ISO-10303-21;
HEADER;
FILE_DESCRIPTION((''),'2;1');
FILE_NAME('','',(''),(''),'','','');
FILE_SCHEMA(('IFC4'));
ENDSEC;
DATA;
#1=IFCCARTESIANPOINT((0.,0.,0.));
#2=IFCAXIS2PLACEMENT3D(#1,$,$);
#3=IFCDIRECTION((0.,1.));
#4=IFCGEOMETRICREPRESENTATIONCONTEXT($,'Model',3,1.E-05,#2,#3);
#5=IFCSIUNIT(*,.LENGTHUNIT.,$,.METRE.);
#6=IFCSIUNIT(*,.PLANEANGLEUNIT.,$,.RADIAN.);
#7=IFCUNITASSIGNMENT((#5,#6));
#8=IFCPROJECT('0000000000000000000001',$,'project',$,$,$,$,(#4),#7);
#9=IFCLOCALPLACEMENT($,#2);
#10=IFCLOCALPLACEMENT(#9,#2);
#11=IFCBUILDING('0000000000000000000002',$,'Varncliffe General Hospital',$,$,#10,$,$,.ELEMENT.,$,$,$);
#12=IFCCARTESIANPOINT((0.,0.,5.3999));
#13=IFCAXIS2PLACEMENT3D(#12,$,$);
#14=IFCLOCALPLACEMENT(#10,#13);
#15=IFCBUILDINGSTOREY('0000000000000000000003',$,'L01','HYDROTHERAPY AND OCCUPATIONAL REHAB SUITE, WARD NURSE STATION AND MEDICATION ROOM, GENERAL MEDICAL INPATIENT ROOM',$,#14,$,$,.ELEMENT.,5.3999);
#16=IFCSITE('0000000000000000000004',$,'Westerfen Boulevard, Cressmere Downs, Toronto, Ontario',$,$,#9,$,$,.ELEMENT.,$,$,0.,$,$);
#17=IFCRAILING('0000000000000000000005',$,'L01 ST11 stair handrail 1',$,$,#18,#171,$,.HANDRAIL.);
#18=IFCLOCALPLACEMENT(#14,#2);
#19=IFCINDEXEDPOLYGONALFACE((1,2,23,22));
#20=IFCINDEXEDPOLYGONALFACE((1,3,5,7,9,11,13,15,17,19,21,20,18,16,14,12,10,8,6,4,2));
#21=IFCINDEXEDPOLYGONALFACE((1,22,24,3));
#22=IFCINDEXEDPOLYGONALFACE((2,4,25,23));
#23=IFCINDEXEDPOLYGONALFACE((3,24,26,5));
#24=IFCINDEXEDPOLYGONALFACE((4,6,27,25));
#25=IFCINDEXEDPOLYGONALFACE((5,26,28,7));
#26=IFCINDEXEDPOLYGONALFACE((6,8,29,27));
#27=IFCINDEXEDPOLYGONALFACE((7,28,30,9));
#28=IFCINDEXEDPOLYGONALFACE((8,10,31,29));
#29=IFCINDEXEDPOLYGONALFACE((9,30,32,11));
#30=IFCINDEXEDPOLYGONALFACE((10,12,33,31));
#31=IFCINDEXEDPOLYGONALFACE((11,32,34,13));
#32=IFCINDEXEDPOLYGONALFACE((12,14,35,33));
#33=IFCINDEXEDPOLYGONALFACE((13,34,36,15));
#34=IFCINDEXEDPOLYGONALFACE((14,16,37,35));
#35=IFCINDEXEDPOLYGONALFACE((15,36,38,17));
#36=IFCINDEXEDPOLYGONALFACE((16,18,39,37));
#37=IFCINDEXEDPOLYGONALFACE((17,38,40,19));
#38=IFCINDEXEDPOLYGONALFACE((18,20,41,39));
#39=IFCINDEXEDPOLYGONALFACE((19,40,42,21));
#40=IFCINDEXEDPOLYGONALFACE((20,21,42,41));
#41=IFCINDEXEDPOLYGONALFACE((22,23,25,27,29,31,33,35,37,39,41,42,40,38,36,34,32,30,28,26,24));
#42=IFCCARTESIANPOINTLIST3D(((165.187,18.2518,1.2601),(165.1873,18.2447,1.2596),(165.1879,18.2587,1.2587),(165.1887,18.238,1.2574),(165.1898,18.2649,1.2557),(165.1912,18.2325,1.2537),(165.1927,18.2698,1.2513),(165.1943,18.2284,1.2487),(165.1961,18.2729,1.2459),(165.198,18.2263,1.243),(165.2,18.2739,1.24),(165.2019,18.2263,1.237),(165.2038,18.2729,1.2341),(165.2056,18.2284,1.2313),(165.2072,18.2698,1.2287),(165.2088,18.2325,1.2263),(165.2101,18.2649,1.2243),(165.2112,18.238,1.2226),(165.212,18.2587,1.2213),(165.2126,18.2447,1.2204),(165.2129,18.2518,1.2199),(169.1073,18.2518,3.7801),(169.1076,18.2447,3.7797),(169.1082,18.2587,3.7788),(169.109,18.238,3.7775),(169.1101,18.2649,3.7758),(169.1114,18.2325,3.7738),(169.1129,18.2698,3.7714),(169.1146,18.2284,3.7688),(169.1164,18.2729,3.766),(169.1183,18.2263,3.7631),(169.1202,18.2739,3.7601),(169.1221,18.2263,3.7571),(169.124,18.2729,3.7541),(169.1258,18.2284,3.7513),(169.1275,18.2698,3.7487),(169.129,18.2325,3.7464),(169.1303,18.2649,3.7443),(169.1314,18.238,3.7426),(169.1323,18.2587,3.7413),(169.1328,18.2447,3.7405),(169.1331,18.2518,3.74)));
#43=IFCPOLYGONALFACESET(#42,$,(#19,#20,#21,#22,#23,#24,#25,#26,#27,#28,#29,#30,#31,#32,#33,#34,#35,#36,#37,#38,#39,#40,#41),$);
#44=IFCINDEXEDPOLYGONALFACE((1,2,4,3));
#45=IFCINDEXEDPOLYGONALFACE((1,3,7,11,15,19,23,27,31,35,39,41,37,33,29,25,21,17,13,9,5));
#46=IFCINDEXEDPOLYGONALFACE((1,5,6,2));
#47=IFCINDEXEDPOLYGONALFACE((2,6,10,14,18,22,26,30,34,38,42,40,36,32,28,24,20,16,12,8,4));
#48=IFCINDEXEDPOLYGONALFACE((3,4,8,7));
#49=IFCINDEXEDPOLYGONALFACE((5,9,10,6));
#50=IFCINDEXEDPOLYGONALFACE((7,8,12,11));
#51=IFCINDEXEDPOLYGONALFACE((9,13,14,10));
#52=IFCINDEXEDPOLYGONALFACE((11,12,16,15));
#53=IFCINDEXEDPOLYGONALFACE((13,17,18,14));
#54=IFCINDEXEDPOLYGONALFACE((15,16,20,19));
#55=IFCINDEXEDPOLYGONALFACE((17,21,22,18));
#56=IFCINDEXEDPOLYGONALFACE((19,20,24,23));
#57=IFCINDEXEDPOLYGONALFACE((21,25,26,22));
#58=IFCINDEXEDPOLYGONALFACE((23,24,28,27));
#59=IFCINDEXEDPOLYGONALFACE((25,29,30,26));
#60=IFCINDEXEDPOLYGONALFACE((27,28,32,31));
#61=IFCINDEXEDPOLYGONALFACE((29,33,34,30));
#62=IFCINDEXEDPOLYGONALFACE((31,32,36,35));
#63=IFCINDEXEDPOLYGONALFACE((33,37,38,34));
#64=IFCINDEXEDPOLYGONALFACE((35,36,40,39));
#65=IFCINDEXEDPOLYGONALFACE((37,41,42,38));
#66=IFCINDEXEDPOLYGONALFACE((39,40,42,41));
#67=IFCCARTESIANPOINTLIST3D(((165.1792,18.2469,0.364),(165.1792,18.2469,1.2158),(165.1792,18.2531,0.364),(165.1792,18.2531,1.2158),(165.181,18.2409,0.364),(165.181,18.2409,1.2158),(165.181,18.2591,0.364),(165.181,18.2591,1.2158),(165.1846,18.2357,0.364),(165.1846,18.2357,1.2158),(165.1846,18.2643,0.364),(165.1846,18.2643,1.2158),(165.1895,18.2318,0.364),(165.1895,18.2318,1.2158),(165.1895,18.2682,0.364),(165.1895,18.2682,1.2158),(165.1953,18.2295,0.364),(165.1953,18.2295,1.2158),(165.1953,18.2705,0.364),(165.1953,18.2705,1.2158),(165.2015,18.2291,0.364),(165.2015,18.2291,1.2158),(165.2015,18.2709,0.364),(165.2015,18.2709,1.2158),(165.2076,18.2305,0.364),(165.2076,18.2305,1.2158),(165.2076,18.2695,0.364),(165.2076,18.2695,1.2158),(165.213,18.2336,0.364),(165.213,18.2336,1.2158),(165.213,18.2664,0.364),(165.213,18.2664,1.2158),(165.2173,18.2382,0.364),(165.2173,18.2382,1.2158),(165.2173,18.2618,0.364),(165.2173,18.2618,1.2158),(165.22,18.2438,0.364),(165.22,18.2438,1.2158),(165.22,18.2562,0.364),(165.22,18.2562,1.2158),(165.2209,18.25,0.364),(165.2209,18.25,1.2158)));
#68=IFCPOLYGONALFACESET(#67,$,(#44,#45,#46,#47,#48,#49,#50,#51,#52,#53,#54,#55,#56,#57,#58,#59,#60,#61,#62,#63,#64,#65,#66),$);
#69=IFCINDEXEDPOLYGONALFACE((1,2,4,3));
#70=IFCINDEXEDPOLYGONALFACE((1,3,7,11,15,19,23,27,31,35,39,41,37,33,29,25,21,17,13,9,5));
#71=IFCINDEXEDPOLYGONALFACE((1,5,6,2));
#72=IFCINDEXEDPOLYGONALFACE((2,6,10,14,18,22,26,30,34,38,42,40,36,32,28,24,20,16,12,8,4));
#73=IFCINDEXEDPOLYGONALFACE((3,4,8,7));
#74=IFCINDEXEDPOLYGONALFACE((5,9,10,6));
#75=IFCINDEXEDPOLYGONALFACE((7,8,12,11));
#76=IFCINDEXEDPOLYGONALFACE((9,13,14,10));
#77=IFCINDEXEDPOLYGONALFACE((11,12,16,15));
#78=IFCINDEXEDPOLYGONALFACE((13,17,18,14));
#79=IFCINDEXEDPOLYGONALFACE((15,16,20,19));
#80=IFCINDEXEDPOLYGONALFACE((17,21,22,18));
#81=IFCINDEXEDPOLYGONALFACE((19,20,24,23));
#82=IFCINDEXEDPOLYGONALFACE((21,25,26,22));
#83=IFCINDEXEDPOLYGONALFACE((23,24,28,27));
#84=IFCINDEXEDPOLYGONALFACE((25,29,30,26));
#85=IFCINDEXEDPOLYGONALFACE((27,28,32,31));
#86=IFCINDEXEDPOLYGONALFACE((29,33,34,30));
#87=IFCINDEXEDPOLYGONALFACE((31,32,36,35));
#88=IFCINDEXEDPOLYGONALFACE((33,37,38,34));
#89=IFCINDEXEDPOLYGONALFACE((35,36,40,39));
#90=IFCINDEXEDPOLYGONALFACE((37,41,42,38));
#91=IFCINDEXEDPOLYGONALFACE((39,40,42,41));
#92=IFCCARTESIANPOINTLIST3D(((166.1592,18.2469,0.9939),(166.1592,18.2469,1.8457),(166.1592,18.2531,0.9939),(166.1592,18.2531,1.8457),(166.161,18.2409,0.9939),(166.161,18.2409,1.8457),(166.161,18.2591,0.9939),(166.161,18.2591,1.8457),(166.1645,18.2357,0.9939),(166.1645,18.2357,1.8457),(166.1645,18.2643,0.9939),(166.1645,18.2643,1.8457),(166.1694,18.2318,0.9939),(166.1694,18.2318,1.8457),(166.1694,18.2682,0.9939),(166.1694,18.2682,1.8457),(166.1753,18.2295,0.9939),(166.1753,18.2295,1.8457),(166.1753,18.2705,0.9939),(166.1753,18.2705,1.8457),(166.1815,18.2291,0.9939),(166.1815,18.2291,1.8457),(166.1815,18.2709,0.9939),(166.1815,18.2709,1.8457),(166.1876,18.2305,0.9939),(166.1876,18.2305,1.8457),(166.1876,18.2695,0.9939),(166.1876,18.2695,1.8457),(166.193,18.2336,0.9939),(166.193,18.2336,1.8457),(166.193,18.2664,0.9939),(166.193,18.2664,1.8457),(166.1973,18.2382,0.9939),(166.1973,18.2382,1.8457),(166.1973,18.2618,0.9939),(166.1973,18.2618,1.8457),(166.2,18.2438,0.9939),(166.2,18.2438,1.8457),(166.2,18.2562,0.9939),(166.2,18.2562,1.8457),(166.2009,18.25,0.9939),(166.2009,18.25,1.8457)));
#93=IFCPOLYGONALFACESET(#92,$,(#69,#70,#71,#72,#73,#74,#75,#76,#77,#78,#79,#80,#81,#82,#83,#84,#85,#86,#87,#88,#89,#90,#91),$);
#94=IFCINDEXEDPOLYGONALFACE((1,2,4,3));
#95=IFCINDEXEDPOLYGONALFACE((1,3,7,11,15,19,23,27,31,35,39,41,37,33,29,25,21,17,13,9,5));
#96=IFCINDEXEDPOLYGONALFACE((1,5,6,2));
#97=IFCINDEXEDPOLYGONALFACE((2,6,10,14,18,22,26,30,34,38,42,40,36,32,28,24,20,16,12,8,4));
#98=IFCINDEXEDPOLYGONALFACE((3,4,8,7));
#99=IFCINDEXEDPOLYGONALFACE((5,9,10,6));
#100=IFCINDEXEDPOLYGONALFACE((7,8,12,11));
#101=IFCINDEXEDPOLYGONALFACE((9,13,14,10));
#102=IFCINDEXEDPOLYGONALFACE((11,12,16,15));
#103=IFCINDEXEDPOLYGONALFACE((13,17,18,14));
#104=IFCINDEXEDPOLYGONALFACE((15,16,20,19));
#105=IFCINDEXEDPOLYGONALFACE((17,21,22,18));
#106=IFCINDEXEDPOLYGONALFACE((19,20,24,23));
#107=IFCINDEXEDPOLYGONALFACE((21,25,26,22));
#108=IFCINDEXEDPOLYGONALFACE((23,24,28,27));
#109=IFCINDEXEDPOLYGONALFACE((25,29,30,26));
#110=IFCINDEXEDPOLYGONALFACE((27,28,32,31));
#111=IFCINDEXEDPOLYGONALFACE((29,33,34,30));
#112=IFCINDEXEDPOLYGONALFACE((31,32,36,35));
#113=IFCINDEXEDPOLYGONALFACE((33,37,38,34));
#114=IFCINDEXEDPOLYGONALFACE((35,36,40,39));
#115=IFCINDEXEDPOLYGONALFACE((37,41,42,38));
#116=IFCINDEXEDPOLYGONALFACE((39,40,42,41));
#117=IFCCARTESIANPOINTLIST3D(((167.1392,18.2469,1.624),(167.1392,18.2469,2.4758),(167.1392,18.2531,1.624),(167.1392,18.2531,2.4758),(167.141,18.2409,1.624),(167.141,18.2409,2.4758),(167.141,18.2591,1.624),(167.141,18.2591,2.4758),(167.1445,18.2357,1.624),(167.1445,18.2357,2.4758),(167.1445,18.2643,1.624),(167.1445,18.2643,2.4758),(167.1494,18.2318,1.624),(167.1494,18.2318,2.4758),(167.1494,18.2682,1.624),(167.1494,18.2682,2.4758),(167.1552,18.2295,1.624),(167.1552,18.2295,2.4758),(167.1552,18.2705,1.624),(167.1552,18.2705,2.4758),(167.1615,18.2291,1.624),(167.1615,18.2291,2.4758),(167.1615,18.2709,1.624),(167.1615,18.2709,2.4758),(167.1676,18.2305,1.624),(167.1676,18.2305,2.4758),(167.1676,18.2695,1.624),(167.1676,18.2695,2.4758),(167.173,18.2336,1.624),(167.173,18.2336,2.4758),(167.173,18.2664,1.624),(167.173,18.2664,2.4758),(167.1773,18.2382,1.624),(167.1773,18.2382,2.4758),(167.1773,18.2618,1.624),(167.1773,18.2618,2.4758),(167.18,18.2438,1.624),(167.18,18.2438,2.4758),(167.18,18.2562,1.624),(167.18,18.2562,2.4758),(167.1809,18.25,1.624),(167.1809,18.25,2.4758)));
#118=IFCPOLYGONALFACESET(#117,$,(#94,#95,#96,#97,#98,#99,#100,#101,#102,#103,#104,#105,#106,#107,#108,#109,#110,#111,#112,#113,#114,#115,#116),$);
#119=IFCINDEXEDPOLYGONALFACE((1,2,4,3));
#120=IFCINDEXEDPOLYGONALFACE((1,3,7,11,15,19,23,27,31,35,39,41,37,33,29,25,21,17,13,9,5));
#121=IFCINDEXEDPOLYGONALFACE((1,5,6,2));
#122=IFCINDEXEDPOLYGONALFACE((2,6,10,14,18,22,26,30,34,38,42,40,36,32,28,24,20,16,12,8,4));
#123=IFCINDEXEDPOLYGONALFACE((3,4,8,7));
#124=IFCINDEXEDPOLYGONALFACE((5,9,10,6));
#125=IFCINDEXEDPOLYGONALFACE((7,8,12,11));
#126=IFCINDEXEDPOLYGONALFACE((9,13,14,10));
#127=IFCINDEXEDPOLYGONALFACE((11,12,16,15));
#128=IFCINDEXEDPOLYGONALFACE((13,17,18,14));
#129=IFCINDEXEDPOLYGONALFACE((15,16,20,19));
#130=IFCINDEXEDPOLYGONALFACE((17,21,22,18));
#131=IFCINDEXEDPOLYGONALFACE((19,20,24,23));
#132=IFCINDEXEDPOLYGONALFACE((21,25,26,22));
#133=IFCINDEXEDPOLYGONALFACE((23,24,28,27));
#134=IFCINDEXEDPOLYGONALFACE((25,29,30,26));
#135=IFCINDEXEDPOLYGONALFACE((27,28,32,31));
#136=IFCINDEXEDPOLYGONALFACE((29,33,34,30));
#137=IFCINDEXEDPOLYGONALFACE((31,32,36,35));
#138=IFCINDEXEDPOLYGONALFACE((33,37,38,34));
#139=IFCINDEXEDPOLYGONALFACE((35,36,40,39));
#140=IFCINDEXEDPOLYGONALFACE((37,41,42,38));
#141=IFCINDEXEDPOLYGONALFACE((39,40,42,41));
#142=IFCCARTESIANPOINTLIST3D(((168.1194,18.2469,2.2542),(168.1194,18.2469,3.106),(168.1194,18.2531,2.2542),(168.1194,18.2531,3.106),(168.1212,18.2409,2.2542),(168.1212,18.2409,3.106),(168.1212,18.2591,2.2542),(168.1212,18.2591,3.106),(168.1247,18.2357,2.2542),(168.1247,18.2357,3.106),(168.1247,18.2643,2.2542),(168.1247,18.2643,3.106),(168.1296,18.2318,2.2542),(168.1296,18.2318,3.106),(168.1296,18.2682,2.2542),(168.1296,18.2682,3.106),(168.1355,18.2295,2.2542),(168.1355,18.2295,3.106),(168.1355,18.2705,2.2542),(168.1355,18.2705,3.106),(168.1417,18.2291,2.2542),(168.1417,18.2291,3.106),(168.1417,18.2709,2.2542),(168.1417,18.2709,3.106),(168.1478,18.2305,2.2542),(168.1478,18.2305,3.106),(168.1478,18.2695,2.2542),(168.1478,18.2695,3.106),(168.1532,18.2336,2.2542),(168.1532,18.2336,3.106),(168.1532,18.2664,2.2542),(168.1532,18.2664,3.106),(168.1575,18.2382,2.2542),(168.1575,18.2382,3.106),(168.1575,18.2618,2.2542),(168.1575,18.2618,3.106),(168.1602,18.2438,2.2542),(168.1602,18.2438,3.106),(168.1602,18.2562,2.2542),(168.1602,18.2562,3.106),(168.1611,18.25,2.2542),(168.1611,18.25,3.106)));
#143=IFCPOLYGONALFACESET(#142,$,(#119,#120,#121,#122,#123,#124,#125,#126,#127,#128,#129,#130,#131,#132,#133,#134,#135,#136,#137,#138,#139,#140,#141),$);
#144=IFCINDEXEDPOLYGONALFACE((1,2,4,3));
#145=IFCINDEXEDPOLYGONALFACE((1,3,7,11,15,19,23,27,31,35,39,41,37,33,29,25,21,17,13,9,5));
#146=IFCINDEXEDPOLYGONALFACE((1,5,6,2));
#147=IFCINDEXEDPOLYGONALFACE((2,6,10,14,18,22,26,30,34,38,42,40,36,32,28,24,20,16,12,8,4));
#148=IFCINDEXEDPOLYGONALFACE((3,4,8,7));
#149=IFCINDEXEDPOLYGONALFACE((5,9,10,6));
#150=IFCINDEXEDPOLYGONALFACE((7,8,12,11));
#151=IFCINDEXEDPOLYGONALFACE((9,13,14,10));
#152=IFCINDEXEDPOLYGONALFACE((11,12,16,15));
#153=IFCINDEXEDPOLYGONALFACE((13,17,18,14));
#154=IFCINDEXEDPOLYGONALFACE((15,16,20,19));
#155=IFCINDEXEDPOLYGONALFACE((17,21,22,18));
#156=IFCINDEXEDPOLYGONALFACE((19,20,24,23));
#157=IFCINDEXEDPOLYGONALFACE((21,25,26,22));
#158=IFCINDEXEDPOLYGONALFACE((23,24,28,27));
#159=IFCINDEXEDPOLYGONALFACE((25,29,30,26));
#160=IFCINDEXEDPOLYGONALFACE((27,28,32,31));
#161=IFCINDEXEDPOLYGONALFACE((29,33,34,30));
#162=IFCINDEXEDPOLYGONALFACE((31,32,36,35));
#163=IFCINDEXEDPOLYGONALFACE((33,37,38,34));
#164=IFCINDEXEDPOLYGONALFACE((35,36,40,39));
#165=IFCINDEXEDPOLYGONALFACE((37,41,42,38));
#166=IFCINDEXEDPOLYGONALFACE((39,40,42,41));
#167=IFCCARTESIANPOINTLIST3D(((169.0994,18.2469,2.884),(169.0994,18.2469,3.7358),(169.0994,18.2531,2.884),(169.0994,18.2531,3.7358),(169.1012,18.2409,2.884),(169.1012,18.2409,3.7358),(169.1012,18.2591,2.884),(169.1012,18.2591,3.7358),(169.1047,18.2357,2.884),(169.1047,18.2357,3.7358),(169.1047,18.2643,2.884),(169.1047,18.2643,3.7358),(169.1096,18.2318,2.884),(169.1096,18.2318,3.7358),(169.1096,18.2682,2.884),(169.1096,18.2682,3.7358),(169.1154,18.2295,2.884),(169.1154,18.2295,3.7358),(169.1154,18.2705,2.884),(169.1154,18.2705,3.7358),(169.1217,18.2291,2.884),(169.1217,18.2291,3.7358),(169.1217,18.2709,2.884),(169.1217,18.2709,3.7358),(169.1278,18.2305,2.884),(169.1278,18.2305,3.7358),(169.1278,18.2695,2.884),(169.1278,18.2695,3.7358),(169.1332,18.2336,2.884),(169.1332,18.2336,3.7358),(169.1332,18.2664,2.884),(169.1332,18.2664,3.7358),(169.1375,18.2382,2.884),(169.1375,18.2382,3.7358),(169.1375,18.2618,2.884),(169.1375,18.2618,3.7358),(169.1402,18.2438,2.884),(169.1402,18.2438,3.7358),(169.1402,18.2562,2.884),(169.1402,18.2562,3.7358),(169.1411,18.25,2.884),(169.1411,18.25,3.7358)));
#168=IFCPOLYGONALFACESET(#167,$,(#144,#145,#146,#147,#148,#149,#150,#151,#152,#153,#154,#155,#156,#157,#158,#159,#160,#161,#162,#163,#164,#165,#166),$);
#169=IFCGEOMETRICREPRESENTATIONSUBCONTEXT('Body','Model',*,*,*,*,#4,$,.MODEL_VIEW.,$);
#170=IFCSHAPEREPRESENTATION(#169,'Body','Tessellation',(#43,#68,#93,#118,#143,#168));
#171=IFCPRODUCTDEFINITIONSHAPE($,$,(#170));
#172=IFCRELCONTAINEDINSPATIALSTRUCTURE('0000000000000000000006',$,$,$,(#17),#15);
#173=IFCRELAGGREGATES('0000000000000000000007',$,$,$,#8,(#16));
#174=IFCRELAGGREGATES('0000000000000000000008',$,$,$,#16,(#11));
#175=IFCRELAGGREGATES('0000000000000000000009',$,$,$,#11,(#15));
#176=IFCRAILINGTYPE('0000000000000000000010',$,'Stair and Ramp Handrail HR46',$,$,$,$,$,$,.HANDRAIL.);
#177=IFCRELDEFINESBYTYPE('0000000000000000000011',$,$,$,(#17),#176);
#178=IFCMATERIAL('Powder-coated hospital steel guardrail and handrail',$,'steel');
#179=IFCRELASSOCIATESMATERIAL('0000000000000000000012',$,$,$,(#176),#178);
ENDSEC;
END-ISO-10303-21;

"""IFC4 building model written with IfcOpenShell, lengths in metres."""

from ifc_helpers import new_model, si_unit, direction, frame, origin, origin_2d, place, context, subcontext, project, spatial, circle, extrude, material, type_object, element, save


model = new_model("IFC4")

# Units and contexts
model_context = context("Model", 3, precision=1e-05, world=origin(), true_north=direction((0.0, 1.0)))
body_context = subcontext(model_context, "Body", "Model", "MODEL_VIEW")
ifc_project = project(units=[si_unit("LENGTHUNIT", "METRE"), si_unit("PLANEANGLEUNIT", "RADIAN")], contexts=[model_context])

# Site, building, storey
site_placement = place(None, origin())
site = spatial("IfcSite", under=ifc_project, at=site_placement, Name="Westerfen Boulevard, Cressmere Downs, Toronto, Ontario", CompositionType="ELEMENT", RefElevation=0.0)
building_placement = place(site_placement, origin())
building = spatial("IfcBuilding", under=site, at=building_placement, Name="Varncliffe General Hospital", CompositionType="ELEMENT")
storey_placement = place(building_placement, frame((0.0, 0.0, 5.3999)))
storey = spatial("IfcBuildingStorey", under=building, at=storey_placement, Name="L01", Description="HYDROTHERAPY AND OCCUPATIONAL REHAB SUITE, WARD NURSE STATION AND MEDICATION ROOM, GENERAL MEDICAL INPATIENT ROOM", CompositionType="ELEMENT", Elevation=5.3999)

# Railing
ifc_material_1 = material(Name="Powder-coated hospital steel guardrail and handrail", Category="steel")
railing_type_1 = type_object("IfcRailingType", Name="Stair and Ramp Handrail HR46", PredefinedType="HANDRAIL", material=ifc_material_1)
railing_1_placement = place(storey_placement, frame((165.2, 18.25, 0.364)))
element("IfcRailing", 1, at=railing_1_placement, inside=storey, type_object=railing_type_1, Name="L01 ST11 stair handrail 1", PredefinedType="HANDRAIL", context=body_context, shape_type="SweptSolid", body=[
    extrude(circle(Radius=0.0239, at=origin_2d()), frame((0.0, 0.0, 0.876), z_axis=(0.841187, 0.0, 0.540744), x_axis=(0.0, 1.0, 0.0)), (0.0, 0.0, 1.0), 4.6604),
    extrude(circle(Radius=0.021, at=origin_2d()), origin(), (0.0, 0.0, 1.0), 0.8518),
    extrude(circle(Radius=0.021, at=origin_2d()), frame((0.98, 0.0, 0.6299)), (0.0, 0.0, 1.0), 0.8518),
    extrude(circle(Radius=0.021, at=origin_2d()), frame((1.96, 0.0, 1.26)), (0.0, 0.0, 1.0), 0.8518),
    extrude(circle(Radius=0.021, at=origin_2d()), frame((2.9402, 0.0, 1.8901)), (0.0, 0.0, 1.0), 0.8518),
    extrude(circle(Radius=0.021, at=origin_2d()), frame((3.9202, 0.0, 2.52)), (0.0, 0.0, 1.0), 0.8518),
])

save(model, "model.ifc")
